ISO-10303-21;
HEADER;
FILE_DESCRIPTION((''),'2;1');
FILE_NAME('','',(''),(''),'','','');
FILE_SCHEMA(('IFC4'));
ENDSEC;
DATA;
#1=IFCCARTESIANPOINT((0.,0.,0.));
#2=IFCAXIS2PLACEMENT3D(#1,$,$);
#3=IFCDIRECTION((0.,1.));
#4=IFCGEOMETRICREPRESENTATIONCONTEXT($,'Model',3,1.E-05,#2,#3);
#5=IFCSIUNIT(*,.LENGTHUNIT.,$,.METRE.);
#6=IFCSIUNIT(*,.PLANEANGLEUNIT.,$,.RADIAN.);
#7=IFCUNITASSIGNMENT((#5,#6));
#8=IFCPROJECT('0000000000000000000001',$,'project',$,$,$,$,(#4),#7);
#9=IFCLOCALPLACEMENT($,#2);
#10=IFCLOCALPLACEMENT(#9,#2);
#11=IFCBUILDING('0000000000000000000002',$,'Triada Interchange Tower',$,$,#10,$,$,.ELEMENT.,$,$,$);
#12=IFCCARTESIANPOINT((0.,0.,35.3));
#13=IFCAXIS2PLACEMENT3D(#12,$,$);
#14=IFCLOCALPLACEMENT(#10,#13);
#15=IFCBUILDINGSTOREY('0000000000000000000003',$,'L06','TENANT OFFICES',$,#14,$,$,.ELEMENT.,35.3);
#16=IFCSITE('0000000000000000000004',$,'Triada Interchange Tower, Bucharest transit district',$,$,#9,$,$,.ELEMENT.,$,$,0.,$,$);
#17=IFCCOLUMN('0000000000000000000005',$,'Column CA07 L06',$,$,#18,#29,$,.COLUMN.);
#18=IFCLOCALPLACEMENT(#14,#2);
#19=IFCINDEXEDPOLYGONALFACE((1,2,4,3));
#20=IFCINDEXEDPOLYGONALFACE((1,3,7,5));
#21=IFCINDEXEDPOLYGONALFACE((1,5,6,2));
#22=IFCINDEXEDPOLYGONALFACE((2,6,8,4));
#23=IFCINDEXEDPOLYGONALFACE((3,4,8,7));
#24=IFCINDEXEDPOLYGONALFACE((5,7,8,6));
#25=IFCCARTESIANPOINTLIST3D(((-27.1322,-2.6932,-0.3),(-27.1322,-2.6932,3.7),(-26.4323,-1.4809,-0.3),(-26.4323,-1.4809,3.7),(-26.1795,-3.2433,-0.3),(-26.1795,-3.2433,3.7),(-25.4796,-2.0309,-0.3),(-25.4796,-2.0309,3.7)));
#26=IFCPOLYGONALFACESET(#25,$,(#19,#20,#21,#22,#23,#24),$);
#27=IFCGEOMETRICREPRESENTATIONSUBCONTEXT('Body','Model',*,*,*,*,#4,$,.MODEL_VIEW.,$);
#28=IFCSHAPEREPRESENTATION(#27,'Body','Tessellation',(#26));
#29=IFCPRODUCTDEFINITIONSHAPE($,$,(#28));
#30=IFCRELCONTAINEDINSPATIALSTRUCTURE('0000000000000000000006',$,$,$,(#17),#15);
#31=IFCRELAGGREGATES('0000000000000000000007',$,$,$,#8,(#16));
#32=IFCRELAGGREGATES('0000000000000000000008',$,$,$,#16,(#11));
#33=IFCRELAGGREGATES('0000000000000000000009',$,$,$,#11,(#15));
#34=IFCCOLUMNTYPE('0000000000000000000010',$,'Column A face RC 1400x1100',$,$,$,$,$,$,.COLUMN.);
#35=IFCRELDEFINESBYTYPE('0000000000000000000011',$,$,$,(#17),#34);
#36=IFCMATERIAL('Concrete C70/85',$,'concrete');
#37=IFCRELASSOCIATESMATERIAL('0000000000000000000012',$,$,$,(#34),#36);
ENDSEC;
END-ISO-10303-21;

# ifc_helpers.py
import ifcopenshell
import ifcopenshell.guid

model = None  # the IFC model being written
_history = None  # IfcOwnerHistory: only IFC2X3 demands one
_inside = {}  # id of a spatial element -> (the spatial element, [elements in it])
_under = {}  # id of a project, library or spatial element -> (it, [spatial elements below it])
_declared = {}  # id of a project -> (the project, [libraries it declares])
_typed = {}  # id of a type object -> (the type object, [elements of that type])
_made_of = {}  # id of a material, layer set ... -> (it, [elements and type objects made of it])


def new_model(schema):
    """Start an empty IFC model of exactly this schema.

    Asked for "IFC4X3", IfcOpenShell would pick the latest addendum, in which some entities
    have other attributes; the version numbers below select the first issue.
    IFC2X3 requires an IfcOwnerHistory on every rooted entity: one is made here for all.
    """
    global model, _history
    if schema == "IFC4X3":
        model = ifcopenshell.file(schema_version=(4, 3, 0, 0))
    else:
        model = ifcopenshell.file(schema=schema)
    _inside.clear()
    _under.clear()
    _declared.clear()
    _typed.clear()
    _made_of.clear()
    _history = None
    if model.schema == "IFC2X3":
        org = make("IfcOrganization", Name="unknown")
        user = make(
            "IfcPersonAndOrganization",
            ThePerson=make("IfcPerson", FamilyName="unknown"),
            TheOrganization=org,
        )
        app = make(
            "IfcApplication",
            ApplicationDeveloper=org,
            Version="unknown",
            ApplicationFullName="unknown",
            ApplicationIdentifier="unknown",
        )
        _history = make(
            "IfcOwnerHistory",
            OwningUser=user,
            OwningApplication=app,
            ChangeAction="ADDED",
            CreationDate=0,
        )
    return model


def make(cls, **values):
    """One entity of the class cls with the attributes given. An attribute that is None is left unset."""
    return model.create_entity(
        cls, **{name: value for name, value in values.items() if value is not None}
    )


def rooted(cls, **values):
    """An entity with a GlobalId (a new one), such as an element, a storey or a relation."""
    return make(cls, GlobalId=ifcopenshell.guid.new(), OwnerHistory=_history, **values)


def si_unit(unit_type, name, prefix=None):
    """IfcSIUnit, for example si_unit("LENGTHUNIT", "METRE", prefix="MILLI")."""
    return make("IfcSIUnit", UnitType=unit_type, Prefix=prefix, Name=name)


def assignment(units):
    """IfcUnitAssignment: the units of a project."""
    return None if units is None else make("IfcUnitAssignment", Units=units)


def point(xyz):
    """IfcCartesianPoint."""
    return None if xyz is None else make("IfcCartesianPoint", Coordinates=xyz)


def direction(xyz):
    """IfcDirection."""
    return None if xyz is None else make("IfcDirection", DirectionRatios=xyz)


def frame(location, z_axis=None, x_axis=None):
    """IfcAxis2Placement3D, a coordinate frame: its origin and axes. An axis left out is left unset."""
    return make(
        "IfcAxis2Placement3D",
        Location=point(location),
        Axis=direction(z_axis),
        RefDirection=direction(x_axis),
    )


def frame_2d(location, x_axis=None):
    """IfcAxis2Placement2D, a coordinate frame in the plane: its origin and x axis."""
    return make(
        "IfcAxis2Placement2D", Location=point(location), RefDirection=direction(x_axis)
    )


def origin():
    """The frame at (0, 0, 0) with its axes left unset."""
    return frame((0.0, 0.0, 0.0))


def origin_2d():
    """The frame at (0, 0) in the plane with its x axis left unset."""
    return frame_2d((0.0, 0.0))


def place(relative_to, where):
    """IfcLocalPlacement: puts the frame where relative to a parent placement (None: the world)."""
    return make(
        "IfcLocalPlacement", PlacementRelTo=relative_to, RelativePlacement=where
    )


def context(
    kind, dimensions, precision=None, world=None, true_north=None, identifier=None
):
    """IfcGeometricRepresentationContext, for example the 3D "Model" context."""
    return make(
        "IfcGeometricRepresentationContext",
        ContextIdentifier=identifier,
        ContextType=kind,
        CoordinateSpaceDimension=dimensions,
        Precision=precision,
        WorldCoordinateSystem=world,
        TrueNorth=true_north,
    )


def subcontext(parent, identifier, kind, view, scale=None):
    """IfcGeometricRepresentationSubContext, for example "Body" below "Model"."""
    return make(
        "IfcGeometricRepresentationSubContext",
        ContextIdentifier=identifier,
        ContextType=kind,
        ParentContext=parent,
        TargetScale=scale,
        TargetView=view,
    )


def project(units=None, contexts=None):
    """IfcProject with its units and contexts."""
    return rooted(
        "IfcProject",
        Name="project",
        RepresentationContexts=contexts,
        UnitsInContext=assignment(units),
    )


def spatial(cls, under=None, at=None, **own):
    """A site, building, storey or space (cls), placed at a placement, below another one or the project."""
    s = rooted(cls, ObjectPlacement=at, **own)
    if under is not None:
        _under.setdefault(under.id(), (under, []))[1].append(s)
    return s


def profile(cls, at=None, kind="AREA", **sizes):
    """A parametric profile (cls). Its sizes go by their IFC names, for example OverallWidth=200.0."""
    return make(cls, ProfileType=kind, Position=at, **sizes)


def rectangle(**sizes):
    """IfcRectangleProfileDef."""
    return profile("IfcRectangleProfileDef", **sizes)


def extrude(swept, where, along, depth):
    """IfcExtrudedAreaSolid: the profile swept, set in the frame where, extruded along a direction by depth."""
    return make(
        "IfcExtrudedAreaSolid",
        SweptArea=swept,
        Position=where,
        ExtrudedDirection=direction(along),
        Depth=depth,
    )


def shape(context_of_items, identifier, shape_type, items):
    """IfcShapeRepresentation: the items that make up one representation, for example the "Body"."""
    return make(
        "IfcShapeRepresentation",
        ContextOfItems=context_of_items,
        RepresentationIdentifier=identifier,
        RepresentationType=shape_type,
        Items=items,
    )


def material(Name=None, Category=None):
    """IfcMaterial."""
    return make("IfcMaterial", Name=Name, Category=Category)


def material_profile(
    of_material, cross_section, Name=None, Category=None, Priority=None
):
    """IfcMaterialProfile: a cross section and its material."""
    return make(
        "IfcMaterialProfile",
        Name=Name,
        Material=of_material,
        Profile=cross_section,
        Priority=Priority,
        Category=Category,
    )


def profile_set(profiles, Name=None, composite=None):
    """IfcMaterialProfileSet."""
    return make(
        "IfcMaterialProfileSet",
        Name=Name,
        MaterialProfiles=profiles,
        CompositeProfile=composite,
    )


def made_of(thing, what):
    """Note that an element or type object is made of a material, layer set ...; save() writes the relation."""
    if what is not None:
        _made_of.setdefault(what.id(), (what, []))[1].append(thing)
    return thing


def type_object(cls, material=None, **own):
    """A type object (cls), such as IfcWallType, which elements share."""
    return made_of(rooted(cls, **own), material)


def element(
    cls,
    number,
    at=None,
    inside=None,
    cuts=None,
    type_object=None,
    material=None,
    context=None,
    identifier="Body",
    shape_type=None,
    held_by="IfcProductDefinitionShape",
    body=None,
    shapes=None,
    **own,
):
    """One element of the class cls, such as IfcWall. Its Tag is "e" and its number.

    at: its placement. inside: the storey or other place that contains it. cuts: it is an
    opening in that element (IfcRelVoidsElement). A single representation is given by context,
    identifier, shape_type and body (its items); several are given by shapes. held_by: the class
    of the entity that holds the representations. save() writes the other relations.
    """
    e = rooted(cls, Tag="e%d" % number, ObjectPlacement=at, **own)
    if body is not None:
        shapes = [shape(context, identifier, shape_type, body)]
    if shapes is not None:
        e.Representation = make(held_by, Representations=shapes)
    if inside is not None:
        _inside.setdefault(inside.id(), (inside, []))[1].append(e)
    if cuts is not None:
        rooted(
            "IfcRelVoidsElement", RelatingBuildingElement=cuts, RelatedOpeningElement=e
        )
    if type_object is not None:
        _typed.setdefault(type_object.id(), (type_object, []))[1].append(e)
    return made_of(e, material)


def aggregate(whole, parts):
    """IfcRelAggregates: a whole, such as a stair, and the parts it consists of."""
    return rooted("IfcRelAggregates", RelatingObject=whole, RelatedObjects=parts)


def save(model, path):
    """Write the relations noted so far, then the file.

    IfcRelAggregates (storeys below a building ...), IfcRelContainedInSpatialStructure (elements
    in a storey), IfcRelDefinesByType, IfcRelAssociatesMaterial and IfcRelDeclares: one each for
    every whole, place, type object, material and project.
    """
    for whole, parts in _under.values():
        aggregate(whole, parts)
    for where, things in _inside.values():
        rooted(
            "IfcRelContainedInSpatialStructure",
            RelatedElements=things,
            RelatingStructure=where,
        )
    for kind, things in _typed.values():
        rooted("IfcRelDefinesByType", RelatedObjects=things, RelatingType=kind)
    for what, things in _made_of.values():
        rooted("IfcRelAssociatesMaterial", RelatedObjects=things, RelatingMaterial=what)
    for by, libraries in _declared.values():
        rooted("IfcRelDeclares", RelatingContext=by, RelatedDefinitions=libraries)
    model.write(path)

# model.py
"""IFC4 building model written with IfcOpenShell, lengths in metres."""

from ifc_helpers import new_model, si_unit, direction, frame, origin, origin_2d, place, context, subcontext, project, spatial, rectangle, extrude, material, material_profile, profile_set, type_object, element, save


model = new_model("IFC4")

# Units and contexts
model_context = context("Model", 3, precision=1e-05, world=origin(), true_north=direction((0.0, 1.0)))
body_context = subcontext(model_context, "Body", "Model", "MODEL_VIEW")
ifc_project = project(units=[si_unit("LENGTHUNIT", "METRE"), si_unit("PLANEANGLEUNIT", "RADIAN")], contexts=[model_context])

# Site, building, storey
site_placement = place(None, origin())
site = spatial("IfcSite", under=ifc_project, at=site_placement, Name="Triada Interchange Tower, Bucharest transit district", CompositionType="ELEMENT", RefElevation=0.0)
building_placement = place(site_placement, origin())
building = spatial("IfcBuilding", under=site, at=building_placement, Name="Triada Interchange Tower", CompositionType="ELEMENT")
storey_placement = place(building_placement, frame((0.0, 0.0, 35.3)))
storey = spatial("IfcBuildingStorey", under=building, at=storey_placement, Name="L06", Description="TENANT OFFICES", CompositionType="ELEMENT", Elevation=35.3)

# Column
ifc_material_1 = material(Name="Concrete C70/85", Category="concrete")
ifc_material_profile = material_profile(ifc_material_1, rectangle(XDim=1.3999, YDim=1.1001, at=origin_2d()), Name="RC 1400x1100")
ifc_profile_set = profile_set([ifc_material_profile], Name="Concrete C70/85")
column_type = type_object("IfcColumnType", Name="Column A face RC 1400x1100", PredefinedType="COLUMN", material=ifc_profile_set)
column_placement = place(storey_placement, frame((-26.3059, -2.3621, -0.3), z_axis=(0.0, 0.0, 1.0), x_axis=(0.5, 0.866025, 0.0)))
element("IfcColumn", 1, at=column_placement, inside=storey, type_object=column_type, Name="Column CA07 L06", PredefinedType="COLUMN", context=body_context, shape_type="SweptSolid", body=[
    extrude(rectangle(XDim=1.3999, YDim=1.1001, at=origin_2d()), origin(), (0.0, 0.0, 1.0), 4.0),
])

save(model, "model.ifc")
